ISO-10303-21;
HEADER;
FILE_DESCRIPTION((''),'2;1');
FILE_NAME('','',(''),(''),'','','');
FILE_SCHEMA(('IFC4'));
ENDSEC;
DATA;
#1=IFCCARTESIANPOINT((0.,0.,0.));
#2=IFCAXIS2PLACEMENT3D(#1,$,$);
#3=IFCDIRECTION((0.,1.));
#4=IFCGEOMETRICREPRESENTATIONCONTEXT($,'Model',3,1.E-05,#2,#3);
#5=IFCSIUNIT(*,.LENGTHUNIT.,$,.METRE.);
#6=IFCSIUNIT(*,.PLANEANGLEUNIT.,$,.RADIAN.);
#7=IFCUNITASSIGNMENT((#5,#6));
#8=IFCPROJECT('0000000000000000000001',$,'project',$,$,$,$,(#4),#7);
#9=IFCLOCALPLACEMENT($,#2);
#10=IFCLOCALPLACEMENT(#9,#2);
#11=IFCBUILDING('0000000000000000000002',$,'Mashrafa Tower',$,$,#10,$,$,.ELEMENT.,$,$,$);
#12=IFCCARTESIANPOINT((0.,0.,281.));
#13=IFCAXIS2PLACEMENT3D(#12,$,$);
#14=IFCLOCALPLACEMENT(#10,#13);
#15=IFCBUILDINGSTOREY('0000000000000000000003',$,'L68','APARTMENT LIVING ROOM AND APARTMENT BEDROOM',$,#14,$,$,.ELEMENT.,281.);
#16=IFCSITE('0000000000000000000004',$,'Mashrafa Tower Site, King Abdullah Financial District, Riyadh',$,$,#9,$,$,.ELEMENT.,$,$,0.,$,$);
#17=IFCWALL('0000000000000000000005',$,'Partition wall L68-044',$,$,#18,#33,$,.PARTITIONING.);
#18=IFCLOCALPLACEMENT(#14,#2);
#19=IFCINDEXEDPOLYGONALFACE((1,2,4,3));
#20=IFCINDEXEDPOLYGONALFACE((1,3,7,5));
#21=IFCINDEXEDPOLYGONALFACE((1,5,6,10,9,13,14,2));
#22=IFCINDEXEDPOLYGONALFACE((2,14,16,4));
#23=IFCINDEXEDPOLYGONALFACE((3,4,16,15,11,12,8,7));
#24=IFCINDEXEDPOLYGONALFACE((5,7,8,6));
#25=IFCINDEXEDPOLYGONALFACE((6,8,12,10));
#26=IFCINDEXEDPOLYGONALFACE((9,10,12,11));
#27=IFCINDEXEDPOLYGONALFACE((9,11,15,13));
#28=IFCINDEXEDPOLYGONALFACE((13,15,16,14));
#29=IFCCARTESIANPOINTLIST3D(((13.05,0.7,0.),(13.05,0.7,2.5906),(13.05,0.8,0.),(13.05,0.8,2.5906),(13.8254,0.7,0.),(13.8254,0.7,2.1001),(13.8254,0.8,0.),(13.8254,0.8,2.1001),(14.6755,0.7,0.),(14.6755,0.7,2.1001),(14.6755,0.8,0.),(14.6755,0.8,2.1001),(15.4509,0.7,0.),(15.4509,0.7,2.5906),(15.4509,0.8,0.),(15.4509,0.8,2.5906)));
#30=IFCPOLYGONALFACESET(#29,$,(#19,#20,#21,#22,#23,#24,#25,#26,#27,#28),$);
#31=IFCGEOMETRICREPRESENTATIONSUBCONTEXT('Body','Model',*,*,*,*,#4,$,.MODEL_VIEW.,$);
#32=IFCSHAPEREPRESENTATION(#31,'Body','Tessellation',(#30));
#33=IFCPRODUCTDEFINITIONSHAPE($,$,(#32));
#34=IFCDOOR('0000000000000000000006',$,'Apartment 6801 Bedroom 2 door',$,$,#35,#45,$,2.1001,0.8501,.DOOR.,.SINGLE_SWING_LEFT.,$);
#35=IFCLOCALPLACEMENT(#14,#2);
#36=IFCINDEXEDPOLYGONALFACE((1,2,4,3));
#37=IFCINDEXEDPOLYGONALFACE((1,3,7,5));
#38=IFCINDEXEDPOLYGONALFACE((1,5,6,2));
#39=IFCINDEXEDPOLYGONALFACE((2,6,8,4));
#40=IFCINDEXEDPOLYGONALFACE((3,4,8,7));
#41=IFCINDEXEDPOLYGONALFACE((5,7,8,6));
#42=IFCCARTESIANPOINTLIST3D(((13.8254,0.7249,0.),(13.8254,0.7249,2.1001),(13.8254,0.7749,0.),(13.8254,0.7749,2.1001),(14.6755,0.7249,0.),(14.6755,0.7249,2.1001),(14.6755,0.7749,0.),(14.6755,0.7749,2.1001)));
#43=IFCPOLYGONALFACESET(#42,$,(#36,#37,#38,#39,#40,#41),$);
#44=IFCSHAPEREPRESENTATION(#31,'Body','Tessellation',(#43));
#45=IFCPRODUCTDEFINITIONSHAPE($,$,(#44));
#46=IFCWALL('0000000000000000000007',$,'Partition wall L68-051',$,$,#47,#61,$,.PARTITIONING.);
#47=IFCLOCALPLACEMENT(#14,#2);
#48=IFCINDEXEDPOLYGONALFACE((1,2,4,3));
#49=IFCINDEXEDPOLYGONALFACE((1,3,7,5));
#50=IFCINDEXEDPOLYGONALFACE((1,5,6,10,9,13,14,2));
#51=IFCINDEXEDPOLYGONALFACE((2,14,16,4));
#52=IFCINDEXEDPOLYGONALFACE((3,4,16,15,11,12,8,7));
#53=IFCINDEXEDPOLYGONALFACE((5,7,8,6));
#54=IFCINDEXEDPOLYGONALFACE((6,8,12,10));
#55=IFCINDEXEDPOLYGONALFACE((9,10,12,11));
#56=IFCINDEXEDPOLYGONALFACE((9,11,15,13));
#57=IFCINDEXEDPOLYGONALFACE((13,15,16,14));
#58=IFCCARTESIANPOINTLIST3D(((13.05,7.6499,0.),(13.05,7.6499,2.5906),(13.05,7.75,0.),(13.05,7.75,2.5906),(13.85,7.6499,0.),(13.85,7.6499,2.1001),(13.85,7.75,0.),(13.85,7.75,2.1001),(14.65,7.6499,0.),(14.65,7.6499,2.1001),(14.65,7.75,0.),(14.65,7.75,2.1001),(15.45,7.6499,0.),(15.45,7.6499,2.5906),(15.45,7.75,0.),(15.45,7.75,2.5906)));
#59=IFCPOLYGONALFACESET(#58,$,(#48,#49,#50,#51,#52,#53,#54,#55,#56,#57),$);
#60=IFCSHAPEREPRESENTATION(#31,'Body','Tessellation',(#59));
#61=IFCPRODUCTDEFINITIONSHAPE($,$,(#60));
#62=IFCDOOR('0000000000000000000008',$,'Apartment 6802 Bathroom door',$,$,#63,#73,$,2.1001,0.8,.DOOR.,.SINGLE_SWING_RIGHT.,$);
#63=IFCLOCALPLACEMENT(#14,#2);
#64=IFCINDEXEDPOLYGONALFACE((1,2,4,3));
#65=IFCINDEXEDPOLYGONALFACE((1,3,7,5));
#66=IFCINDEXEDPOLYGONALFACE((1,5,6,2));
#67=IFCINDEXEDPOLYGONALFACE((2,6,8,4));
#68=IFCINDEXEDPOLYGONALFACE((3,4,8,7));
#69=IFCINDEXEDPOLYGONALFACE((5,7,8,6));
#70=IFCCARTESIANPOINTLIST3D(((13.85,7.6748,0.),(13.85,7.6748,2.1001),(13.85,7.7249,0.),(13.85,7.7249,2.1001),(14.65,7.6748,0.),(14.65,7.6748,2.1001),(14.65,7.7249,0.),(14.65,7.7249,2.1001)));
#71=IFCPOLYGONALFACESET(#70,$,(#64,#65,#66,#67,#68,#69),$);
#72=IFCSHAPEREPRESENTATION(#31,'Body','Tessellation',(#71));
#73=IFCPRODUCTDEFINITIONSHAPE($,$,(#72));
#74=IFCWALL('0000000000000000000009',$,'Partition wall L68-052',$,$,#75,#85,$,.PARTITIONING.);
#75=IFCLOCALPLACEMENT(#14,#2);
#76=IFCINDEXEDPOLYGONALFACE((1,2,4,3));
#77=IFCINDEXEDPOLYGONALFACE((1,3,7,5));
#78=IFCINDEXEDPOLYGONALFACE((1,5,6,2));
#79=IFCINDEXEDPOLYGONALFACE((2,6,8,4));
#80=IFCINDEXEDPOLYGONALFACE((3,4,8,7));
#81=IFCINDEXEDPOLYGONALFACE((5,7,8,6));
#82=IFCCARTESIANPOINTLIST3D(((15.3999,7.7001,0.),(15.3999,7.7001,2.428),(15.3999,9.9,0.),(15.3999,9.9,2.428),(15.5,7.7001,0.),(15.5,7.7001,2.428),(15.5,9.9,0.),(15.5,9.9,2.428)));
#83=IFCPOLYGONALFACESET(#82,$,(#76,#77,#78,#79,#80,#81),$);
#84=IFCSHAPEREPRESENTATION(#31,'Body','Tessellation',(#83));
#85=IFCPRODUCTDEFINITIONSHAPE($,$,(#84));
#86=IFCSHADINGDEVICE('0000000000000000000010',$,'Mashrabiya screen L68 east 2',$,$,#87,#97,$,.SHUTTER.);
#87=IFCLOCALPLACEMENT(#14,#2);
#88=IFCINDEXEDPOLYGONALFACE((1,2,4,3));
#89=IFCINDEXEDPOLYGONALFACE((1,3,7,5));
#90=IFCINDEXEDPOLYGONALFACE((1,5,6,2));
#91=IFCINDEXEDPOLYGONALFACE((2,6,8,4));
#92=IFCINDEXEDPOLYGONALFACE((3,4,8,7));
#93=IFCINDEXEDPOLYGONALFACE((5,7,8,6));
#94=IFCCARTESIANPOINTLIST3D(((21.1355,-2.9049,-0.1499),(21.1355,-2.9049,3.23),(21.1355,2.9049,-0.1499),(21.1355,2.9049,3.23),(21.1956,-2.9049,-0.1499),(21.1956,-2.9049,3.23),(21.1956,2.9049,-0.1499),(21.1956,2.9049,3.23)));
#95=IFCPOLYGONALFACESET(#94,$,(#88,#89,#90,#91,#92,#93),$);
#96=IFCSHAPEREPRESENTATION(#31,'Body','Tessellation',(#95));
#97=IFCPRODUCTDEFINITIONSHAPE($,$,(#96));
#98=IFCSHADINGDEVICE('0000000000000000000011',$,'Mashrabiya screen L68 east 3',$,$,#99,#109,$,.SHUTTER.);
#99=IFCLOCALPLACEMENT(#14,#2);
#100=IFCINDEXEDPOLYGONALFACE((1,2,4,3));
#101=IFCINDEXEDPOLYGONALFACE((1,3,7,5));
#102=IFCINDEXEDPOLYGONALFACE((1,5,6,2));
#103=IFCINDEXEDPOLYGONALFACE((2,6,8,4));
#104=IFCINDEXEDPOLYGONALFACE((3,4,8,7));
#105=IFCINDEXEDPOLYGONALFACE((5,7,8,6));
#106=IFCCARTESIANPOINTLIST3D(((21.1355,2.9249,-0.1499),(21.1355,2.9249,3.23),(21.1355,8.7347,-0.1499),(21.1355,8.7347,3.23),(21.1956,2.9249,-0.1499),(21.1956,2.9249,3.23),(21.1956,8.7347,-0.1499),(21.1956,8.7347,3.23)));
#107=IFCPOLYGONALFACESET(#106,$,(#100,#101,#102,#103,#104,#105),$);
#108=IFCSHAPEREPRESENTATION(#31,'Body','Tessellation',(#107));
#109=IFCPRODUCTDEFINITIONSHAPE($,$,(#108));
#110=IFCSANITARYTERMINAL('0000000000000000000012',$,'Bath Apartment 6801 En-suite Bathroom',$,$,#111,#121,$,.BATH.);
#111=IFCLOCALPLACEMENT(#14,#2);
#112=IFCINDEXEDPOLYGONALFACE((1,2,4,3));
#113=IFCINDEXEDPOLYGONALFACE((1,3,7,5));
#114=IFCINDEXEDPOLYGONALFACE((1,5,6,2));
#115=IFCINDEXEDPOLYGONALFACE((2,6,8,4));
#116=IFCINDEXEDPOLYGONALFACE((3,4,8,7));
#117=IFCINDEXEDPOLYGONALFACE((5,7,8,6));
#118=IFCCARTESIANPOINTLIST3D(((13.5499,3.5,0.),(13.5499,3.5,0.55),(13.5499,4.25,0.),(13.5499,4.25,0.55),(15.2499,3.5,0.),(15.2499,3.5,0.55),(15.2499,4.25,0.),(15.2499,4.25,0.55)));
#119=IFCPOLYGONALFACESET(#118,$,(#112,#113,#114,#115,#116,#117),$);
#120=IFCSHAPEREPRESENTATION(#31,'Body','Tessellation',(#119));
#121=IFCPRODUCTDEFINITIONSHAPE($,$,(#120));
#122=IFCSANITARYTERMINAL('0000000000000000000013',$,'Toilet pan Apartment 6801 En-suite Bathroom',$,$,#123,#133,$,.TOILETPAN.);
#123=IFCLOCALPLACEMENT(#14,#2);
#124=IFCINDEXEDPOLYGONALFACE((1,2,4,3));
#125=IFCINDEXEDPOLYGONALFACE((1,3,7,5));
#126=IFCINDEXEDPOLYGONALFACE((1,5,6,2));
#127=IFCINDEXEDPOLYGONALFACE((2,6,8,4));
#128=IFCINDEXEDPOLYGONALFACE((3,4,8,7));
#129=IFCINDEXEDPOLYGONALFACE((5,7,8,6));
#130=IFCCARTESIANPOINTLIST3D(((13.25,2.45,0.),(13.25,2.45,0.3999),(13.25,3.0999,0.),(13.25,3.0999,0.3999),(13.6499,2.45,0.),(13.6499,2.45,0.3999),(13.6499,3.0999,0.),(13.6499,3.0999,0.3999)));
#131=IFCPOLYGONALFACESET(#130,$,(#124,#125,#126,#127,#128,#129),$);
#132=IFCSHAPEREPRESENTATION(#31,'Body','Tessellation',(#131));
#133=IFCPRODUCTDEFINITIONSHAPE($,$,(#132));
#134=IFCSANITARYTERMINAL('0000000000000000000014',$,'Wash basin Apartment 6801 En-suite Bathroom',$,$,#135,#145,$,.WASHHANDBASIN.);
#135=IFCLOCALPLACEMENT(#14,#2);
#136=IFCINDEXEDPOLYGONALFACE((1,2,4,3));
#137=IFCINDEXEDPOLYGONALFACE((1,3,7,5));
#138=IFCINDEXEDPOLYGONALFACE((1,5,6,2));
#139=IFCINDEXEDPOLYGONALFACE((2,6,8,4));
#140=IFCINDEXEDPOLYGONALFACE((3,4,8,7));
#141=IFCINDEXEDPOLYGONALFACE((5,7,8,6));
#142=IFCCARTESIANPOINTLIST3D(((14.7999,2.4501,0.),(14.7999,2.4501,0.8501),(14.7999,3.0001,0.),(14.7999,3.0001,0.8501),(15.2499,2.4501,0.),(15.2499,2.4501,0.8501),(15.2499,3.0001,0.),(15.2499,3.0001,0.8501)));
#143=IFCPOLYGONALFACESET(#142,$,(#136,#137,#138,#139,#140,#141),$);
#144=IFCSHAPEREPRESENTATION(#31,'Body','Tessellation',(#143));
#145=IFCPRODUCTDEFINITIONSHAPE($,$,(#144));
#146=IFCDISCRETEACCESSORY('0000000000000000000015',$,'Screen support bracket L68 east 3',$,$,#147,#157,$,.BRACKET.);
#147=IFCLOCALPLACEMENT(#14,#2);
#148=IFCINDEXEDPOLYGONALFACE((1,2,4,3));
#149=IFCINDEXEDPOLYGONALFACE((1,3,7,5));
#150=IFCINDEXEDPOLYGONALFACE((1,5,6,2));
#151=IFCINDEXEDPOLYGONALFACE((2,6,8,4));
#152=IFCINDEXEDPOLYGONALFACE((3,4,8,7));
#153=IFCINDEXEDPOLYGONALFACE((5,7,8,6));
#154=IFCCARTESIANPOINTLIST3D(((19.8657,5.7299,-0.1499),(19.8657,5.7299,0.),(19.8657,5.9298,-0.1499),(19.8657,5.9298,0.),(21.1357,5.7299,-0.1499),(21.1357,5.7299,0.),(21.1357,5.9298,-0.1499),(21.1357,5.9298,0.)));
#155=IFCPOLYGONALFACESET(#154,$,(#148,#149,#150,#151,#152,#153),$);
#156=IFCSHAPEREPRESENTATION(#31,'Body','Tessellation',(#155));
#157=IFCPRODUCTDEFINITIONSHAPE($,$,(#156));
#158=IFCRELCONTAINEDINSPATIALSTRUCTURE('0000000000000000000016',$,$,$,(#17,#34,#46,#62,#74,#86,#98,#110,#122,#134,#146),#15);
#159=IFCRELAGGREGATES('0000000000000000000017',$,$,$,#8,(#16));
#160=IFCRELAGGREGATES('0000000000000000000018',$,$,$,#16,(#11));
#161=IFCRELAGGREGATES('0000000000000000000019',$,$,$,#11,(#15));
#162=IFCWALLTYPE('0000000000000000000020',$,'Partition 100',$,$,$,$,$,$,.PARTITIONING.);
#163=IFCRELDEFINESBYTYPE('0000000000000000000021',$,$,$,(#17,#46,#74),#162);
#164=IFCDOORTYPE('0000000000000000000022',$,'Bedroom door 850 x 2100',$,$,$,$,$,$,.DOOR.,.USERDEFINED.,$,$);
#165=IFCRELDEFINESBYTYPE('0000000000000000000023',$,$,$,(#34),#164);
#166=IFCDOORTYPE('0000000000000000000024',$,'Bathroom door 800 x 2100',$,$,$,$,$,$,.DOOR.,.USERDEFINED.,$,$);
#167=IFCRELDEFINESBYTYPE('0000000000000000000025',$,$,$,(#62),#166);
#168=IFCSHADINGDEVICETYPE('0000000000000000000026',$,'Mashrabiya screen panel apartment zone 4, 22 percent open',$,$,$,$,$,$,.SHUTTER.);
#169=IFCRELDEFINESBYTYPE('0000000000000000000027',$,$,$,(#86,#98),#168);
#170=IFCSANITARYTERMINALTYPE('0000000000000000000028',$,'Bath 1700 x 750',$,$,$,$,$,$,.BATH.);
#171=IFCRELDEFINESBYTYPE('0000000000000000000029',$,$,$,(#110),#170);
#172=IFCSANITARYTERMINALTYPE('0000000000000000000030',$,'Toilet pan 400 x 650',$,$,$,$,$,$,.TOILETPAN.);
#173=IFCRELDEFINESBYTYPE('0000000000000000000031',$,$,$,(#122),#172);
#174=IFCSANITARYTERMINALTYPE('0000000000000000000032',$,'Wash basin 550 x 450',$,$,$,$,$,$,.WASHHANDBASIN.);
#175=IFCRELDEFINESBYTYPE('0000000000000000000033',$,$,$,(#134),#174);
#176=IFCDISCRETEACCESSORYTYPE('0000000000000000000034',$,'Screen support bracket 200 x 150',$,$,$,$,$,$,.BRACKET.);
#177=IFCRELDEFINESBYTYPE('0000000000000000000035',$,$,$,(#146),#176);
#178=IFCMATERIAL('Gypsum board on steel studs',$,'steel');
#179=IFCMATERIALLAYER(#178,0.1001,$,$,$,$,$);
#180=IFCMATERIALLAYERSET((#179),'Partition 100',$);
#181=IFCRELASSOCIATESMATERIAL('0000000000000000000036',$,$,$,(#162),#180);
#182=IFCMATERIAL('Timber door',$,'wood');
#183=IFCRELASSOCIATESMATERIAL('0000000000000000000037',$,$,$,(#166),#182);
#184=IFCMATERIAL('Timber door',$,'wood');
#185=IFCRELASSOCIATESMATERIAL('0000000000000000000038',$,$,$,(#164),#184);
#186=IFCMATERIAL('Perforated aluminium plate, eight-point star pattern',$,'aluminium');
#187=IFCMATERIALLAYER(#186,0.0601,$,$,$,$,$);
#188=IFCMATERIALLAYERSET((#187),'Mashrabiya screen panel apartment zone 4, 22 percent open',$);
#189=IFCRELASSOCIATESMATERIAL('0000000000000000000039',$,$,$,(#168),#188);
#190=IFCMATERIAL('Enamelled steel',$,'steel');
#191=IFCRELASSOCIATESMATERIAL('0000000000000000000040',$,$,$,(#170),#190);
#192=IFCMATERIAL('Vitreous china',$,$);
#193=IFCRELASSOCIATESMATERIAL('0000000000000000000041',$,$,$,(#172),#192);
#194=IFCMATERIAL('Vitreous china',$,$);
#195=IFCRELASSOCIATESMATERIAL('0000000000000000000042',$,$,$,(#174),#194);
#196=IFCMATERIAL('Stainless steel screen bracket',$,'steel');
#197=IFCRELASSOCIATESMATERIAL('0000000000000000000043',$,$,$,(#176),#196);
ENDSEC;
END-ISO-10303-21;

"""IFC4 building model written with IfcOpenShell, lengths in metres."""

from ifc_helpers import new_model, si_unit, direction, frame, frame_2d, origin, origin_2d, place, context, subcontext, project, spatial, rectangle, extrude, source, transform, mapped, material, layer, layer_set, type_object, type_shapes, element, fill, save


model = new_model("IFC4")

# Units and contexts
model_context = context("Model", 3, precision=1e-05, world=origin(), true_north=direction((0.0, 1.0)))
body_context = subcontext(model_context, "Body", "Model", "MODEL_VIEW")
ifc_project = project(units=[si_unit("LENGTHUNIT", "METRE"), si_unit("PLANEANGLEUNIT", "RADIAN")], contexts=[model_context])

# Site, building, storey
site_placement = place(None, origin())
site = spatial("IfcSite", under=ifc_project, at=site_placement, Name="Mashrafa Tower Site, King Abdullah Financial District, Riyadh", CompositionType="ELEMENT", RefElevation=0.0)
building_placement = place(site_placement, origin())
building = spatial("IfcBuilding", under=site, at=building_placement, Name="Mashrafa Tower", CompositionType="ELEMENT")
storey_placement = place(building_placement, frame((0.0, 0.0, 281.0)))
storey = spatial("IfcBuildingStorey", under=building, at=storey_placement, Name="L68", Description="APARTMENT LIVING ROOM AND APARTMENT BEDROOM", CompositionType="ELEMENT", Elevation=281.0)

# Shared definitions
ifc_material_1 = material(Name="Gypsum board on steel studs", Category="steel")
ifc_layer_1 = layer(ifc_material_1, 0.1001)
ifc_layer_set_1 = layer_set([ifc_layer_1], Name="Partition 100")
wall_type_1 = type_object("IfcWallType", Name="Partition 100", PredefinedType="PARTITIONING", material=ifc_layer_set_1)

# Shared definitions
ifc_material_2 = material(Name="Timber door", Category="wood")
door_type_1 = type_object("IfcDoorType", Name="Bathroom door 800 x 2100", OperationType="USERDEFINED", PredefinedType="DOOR", material=ifc_material_2)

# Walls, openings, doors
wall_1_placement = place(storey_placement, frame((13.05, 0.75, 0.0), z_axis=(0.0, 0.0, 1.0), x_axis=(1.0, 0.0, 0.0)))
wall_1 = element("IfcWall", 1, at=wall_1_placement, inside=storey, type_object=wall_type_1, Name="Partition wall L68-044", PredefinedType="PARTITIONING", context=body_context, shape_type="SweptSolid", body=[
    extrude(rectangle(XDim=2.4009, YDim=0.1001, at=frame_2d((1.2004, 0.0))), origin(), (0.0, 0.0, 1.0), 2.5906),
])
opening_1_placement = place(wall_1_placement, frame((0.7754, 0.0, 0.0)))
opening_1 = element("IfcOpeningElement", 2, at=opening_1_placement, cuts=wall_1, PredefinedType="OPENING", context=body_context, shape_type="SweptSolid", body=[
    extrude(rectangle(XDim=0.8501, YDim=2.1001, at=frame_2d((0.425, 1.05))), frame((0.0, 0.0601, 0.0), z_axis=(0.0, -1.0, 0.0), x_axis=(1.0, 0.0, 0.0)), (0.0, 0.0, 1.0), 0.1201),
])
ifc_material_3 = material(Name="Timber door", Category="wood")
door_type_2 = type_object("IfcDoorType", Name="Bedroom door 850 x 2100", OperationType="USERDEFINED", PredefinedType="DOOR", material=ifc_material_3)
door_1_placement = place(opening_1_placement, origin())
door_1 = element("IfcDoor", 3, at=door_1_placement, inside=storey, type_object=door_type_2, Name="Apartment 6801 Bedroom 2 door", OperationType="SINGLE_SWING_LEFT", OverallHeight=2.1001, OverallWidth=0.8501, PredefinedType="DOOR", context=body_context, shape_type="SweptSolid", body=[
    extrude(rectangle(XDim=0.8501, YDim=2.1001, at=frame_2d((0.425, 1.05))), frame((0.0, 0.0249, 0.0), z_axis=(0.0, -1.0, 0.0), x_axis=(1.0, 0.0, 0.0)), (0.0, 0.0, 1.0), 0.05),
])
fill(opening_1, door_1)
wall_2_placement = place(storey_placement, frame((13.05, 7.7, 0.0), z_axis=(0.0, 0.0, 1.0), x_axis=(1.0, 0.0, 0.0)))
wall_2 = element("IfcWall", 4, at=wall_2_placement, inside=storey, type_object=wall_type_1, Name="Partition wall L68-051", PredefinedType="PARTITIONING", context=body_context, shape_type="SweptSolid", body=[
    extrude(rectangle(XDim=2.3999, YDim=0.1001, at=frame_2d((1.2, 0.0))), origin(), (0.0, 0.0, 1.0), 2.5906),
])
opening_2_placement = place(wall_2_placement, frame((0.8, 0.0, 0.0)))
opening_2 = element("IfcOpeningElement", 5, at=opening_2_placement, cuts=wall_2, PredefinedType="OPENING", context=body_context, shape_type="SweptSolid", body=[
    extrude(rectangle(XDim=0.8, YDim=2.1001, at=frame_2d((0.3999, 1.05))), frame((0.0, 0.0601, 0.0), z_axis=(0.0, -1.0, 0.0), x_axis=(1.0, 0.0, 0.0)), (0.0, 0.0, 1.0), 0.1201),
])
door_2_placement = place(opening_2_placement, origin())
door_2 = element("IfcDoor", 6, at=door_2_placement, inside=storey, type_object=door_type_1, Name="Apartment 6802 Bathroom door", OperationType="SINGLE_SWING_RIGHT", OverallHeight=2.1001, OverallWidth=0.8, PredefinedType="DOOR", context=body_context, shape_type="SweptSolid", body=[
    extrude(rectangle(XDim=0.8, YDim=2.1001, at=frame_2d((0.3999, 1.05))), frame((0.0, 0.0249, 0.0), z_axis=(0.0, -1.0, 0.0), x_axis=(1.0, 0.0, 0.0)), (0.0, 0.0, 1.0), 0.05),
])
fill(opening_2, door_2)

# Wall
wall_3_placement = place(storey_placement, frame((15.45, 7.7, 0.0), z_axis=(0.0, 0.0, 1.0), x_axis=(0.0, 1.0, 0.0)))
element("IfcWall", 7, at=wall_3_placement, inside=storey, type_object=wall_type_1, Name="Partition wall L68-052", PredefinedType="PARTITIONING", context=body_context, shape_type="SweptSolid", body=[
    extrude(rectangle(XDim=2.2, YDim=0.1001, at=frame_2d((1.1001, 0.0))), origin(), (0.0, 0.0, 1.0), 2.428),
])

# Shading devices
ifc_material_4 = material(Name="Perforated aluminium plate, eight-point star pattern", Category="aluminium")
ifc_layer_2 = layer(ifc_material_4, 0.0601)
ifc_layer_set_2 = layer_set([ifc_layer_2], Name="Mashrabiya screen panel apartment zone 4, 22 percent open")
shading_device_type = type_object("IfcShadingDeviceType", Name="Mashrabiya screen panel apartment zone 4, 22 percent open", PredefinedType="SHUTTER", material=ifc_layer_set_2)
shared_shape_1 = source(origin(), body_context, "Body", "SweptSolid", [
    extrude(rectangle(XDim=5.8098, YDim=0.0601, at=origin_2d()), origin(), (0.0, 0.0, 1.0), 3.3799),
])
type_shapes(shading_device_type, [shared_shape_1])
for number, where, z_axis, x_axis, name in (
    (8, (21.1655, 0.0, -0.1499), (0.0, 0.0, 1.0), (0.0, 1.0, 0.0), "Mashrabiya screen L68 east 2"),
    (9, (21.1655, 5.8298, -0.1499), (0.0, 0.0, 1.0), (0.0, 1.0, 0.0), "Mashrabiya screen L68 east 3"),
):
    element("IfcShadingDevice", number, at=place(storey_placement, frame(where, z_axis=z_axis, x_axis=x_axis)), inside=storey, type_object=shading_device_type, Name=name, PredefinedType="SHUTTER", context=body_context, shape_type="MappedRepresentation", body=[
        mapped(shared_shape_1, transform((0.0, 0.0, 0.0))),
    ])

# Sanitary terminals
ifc_material_5 = material(Name="Enamelled steel", Category="steel")
sanitary_terminal_type_1 = type_object("IfcSanitaryTerminalType", Name="Bath 1700 x 750", PredefinedType="BATH", material=ifc_material_5)
sanitary_terminal_1_placement = place(storey_placement, frame((14.3999, 3.875, 0.0), z_axis=(0.0, 0.0, 1.0), x_axis=(-1.0, 0.0, 0.0)))
element("IfcSanitaryTerminal", 10, at=sanitary_terminal_1_placement, inside=storey, type_object=sanitary_terminal_type_1, Name="Bath Apartment 6801 En-suite Bathroom", PredefinedType="BATH", context=body_context, shape_type="SweptSolid", body=[
    extrude(rectangle(XDim=1.7, YDim=0.75, at=origin_2d()), origin(), (0.0, 0.0, 1.0), 0.55),
])
ifc_material_6 = material(Name="Vitreous china")
sanitary_terminal_type_2 = type_object("IfcSanitaryTerminalType", Name="Toilet pan 400 x 650", PredefinedType="TOILETPAN", material=ifc_material_6)
sanitary_terminal_2_placement = place(storey_placement, frame((13.45, 2.7749, 0.0), z_axis=(0.0, 0.0, 1.0), x_axis=(1.0, 0.0, 0.0)))
element("IfcSanitaryTerminal", 11, at=sanitary_terminal_2_placement, inside=storey, type_object=sanitary_terminal_type_2, Name="Toilet pan Apartment 6801 En-suite Bathroom", PredefinedType="TOILETPAN", context=body_context, shape_type="SweptSolid", body=[
    extrude(rectangle(XDim=0.3999, YDim=0.6499, at=origin_2d()), origin(), (0.0, 0.0, 1.0), 0.3999),
])
ifc_material_7 = material(Name="Vitreous china")
sanitary_terminal_type_3 = type_object("IfcSanitaryTerminalType", Name="Wash basin 550 x 450", PredefinedType="WASHHANDBASIN", material=ifc_material_7)
sanitary_terminal_3_placement = place(storey_placement, frame((15.0249, 2.7251, 0.0), z_axis=(0.0, 0.0, 1.0), x_axis=(0.0, 1.0, 0.0)))
element("IfcSanitaryTerminal", 12, at=sanitary_terminal_3_placement, inside=storey, type_object=sanitary_terminal_type_3, Name="Wash basin Apartment 6801 En-suite Bathroom", PredefinedType="WASHHANDBASIN", context=body_context, shape_type="SweptSolid", body=[
    extrude(rectangle(XDim=0.55, YDim=0.45, at=origin_2d()), origin(), (0.0, 0.0, 1.0), 0.8501),
])

# Discrete accessory
ifc_material_8 = material(Name="Stainless steel screen bracket", Category="steel")
discrete_accessory_type = type_object("IfcDiscreteAccessoryType", Name="Screen support bracket 200 x 150", PredefinedType="BRACKET", material=ifc_material_8)
shared_shape_2 = source(origin(), body_context, "Body", "SweptSolid", [
    extrude(rectangle(XDim=0.2, YDim=1.27, at=origin_2d()), origin(), (0.0, 0.0, 1.0), 0.1499),
])
type_shapes(discrete_accessory_type, [shared_shape_2])
discrete_accessory_placement = place(storey_placement, frame((20.5007, 5.8298, -0.1499), z_axis=(0.0, 0.0, 1.0), x_axis=(0.0, 1.0, 0.0)))
element("IfcDiscreteAccessory", 13, at=discrete_accessory_placement, inside=storey, type_object=discrete_accessory_type, Name="Screen support bracket L68 east 3", PredefinedType="BRACKET", context=body_context, shape_type="MappedRepresentation", body=[
    mapped(shared_shape_2, transform((0.0, 0.0, 0.0))),
])

save(model, "model.ifc")
